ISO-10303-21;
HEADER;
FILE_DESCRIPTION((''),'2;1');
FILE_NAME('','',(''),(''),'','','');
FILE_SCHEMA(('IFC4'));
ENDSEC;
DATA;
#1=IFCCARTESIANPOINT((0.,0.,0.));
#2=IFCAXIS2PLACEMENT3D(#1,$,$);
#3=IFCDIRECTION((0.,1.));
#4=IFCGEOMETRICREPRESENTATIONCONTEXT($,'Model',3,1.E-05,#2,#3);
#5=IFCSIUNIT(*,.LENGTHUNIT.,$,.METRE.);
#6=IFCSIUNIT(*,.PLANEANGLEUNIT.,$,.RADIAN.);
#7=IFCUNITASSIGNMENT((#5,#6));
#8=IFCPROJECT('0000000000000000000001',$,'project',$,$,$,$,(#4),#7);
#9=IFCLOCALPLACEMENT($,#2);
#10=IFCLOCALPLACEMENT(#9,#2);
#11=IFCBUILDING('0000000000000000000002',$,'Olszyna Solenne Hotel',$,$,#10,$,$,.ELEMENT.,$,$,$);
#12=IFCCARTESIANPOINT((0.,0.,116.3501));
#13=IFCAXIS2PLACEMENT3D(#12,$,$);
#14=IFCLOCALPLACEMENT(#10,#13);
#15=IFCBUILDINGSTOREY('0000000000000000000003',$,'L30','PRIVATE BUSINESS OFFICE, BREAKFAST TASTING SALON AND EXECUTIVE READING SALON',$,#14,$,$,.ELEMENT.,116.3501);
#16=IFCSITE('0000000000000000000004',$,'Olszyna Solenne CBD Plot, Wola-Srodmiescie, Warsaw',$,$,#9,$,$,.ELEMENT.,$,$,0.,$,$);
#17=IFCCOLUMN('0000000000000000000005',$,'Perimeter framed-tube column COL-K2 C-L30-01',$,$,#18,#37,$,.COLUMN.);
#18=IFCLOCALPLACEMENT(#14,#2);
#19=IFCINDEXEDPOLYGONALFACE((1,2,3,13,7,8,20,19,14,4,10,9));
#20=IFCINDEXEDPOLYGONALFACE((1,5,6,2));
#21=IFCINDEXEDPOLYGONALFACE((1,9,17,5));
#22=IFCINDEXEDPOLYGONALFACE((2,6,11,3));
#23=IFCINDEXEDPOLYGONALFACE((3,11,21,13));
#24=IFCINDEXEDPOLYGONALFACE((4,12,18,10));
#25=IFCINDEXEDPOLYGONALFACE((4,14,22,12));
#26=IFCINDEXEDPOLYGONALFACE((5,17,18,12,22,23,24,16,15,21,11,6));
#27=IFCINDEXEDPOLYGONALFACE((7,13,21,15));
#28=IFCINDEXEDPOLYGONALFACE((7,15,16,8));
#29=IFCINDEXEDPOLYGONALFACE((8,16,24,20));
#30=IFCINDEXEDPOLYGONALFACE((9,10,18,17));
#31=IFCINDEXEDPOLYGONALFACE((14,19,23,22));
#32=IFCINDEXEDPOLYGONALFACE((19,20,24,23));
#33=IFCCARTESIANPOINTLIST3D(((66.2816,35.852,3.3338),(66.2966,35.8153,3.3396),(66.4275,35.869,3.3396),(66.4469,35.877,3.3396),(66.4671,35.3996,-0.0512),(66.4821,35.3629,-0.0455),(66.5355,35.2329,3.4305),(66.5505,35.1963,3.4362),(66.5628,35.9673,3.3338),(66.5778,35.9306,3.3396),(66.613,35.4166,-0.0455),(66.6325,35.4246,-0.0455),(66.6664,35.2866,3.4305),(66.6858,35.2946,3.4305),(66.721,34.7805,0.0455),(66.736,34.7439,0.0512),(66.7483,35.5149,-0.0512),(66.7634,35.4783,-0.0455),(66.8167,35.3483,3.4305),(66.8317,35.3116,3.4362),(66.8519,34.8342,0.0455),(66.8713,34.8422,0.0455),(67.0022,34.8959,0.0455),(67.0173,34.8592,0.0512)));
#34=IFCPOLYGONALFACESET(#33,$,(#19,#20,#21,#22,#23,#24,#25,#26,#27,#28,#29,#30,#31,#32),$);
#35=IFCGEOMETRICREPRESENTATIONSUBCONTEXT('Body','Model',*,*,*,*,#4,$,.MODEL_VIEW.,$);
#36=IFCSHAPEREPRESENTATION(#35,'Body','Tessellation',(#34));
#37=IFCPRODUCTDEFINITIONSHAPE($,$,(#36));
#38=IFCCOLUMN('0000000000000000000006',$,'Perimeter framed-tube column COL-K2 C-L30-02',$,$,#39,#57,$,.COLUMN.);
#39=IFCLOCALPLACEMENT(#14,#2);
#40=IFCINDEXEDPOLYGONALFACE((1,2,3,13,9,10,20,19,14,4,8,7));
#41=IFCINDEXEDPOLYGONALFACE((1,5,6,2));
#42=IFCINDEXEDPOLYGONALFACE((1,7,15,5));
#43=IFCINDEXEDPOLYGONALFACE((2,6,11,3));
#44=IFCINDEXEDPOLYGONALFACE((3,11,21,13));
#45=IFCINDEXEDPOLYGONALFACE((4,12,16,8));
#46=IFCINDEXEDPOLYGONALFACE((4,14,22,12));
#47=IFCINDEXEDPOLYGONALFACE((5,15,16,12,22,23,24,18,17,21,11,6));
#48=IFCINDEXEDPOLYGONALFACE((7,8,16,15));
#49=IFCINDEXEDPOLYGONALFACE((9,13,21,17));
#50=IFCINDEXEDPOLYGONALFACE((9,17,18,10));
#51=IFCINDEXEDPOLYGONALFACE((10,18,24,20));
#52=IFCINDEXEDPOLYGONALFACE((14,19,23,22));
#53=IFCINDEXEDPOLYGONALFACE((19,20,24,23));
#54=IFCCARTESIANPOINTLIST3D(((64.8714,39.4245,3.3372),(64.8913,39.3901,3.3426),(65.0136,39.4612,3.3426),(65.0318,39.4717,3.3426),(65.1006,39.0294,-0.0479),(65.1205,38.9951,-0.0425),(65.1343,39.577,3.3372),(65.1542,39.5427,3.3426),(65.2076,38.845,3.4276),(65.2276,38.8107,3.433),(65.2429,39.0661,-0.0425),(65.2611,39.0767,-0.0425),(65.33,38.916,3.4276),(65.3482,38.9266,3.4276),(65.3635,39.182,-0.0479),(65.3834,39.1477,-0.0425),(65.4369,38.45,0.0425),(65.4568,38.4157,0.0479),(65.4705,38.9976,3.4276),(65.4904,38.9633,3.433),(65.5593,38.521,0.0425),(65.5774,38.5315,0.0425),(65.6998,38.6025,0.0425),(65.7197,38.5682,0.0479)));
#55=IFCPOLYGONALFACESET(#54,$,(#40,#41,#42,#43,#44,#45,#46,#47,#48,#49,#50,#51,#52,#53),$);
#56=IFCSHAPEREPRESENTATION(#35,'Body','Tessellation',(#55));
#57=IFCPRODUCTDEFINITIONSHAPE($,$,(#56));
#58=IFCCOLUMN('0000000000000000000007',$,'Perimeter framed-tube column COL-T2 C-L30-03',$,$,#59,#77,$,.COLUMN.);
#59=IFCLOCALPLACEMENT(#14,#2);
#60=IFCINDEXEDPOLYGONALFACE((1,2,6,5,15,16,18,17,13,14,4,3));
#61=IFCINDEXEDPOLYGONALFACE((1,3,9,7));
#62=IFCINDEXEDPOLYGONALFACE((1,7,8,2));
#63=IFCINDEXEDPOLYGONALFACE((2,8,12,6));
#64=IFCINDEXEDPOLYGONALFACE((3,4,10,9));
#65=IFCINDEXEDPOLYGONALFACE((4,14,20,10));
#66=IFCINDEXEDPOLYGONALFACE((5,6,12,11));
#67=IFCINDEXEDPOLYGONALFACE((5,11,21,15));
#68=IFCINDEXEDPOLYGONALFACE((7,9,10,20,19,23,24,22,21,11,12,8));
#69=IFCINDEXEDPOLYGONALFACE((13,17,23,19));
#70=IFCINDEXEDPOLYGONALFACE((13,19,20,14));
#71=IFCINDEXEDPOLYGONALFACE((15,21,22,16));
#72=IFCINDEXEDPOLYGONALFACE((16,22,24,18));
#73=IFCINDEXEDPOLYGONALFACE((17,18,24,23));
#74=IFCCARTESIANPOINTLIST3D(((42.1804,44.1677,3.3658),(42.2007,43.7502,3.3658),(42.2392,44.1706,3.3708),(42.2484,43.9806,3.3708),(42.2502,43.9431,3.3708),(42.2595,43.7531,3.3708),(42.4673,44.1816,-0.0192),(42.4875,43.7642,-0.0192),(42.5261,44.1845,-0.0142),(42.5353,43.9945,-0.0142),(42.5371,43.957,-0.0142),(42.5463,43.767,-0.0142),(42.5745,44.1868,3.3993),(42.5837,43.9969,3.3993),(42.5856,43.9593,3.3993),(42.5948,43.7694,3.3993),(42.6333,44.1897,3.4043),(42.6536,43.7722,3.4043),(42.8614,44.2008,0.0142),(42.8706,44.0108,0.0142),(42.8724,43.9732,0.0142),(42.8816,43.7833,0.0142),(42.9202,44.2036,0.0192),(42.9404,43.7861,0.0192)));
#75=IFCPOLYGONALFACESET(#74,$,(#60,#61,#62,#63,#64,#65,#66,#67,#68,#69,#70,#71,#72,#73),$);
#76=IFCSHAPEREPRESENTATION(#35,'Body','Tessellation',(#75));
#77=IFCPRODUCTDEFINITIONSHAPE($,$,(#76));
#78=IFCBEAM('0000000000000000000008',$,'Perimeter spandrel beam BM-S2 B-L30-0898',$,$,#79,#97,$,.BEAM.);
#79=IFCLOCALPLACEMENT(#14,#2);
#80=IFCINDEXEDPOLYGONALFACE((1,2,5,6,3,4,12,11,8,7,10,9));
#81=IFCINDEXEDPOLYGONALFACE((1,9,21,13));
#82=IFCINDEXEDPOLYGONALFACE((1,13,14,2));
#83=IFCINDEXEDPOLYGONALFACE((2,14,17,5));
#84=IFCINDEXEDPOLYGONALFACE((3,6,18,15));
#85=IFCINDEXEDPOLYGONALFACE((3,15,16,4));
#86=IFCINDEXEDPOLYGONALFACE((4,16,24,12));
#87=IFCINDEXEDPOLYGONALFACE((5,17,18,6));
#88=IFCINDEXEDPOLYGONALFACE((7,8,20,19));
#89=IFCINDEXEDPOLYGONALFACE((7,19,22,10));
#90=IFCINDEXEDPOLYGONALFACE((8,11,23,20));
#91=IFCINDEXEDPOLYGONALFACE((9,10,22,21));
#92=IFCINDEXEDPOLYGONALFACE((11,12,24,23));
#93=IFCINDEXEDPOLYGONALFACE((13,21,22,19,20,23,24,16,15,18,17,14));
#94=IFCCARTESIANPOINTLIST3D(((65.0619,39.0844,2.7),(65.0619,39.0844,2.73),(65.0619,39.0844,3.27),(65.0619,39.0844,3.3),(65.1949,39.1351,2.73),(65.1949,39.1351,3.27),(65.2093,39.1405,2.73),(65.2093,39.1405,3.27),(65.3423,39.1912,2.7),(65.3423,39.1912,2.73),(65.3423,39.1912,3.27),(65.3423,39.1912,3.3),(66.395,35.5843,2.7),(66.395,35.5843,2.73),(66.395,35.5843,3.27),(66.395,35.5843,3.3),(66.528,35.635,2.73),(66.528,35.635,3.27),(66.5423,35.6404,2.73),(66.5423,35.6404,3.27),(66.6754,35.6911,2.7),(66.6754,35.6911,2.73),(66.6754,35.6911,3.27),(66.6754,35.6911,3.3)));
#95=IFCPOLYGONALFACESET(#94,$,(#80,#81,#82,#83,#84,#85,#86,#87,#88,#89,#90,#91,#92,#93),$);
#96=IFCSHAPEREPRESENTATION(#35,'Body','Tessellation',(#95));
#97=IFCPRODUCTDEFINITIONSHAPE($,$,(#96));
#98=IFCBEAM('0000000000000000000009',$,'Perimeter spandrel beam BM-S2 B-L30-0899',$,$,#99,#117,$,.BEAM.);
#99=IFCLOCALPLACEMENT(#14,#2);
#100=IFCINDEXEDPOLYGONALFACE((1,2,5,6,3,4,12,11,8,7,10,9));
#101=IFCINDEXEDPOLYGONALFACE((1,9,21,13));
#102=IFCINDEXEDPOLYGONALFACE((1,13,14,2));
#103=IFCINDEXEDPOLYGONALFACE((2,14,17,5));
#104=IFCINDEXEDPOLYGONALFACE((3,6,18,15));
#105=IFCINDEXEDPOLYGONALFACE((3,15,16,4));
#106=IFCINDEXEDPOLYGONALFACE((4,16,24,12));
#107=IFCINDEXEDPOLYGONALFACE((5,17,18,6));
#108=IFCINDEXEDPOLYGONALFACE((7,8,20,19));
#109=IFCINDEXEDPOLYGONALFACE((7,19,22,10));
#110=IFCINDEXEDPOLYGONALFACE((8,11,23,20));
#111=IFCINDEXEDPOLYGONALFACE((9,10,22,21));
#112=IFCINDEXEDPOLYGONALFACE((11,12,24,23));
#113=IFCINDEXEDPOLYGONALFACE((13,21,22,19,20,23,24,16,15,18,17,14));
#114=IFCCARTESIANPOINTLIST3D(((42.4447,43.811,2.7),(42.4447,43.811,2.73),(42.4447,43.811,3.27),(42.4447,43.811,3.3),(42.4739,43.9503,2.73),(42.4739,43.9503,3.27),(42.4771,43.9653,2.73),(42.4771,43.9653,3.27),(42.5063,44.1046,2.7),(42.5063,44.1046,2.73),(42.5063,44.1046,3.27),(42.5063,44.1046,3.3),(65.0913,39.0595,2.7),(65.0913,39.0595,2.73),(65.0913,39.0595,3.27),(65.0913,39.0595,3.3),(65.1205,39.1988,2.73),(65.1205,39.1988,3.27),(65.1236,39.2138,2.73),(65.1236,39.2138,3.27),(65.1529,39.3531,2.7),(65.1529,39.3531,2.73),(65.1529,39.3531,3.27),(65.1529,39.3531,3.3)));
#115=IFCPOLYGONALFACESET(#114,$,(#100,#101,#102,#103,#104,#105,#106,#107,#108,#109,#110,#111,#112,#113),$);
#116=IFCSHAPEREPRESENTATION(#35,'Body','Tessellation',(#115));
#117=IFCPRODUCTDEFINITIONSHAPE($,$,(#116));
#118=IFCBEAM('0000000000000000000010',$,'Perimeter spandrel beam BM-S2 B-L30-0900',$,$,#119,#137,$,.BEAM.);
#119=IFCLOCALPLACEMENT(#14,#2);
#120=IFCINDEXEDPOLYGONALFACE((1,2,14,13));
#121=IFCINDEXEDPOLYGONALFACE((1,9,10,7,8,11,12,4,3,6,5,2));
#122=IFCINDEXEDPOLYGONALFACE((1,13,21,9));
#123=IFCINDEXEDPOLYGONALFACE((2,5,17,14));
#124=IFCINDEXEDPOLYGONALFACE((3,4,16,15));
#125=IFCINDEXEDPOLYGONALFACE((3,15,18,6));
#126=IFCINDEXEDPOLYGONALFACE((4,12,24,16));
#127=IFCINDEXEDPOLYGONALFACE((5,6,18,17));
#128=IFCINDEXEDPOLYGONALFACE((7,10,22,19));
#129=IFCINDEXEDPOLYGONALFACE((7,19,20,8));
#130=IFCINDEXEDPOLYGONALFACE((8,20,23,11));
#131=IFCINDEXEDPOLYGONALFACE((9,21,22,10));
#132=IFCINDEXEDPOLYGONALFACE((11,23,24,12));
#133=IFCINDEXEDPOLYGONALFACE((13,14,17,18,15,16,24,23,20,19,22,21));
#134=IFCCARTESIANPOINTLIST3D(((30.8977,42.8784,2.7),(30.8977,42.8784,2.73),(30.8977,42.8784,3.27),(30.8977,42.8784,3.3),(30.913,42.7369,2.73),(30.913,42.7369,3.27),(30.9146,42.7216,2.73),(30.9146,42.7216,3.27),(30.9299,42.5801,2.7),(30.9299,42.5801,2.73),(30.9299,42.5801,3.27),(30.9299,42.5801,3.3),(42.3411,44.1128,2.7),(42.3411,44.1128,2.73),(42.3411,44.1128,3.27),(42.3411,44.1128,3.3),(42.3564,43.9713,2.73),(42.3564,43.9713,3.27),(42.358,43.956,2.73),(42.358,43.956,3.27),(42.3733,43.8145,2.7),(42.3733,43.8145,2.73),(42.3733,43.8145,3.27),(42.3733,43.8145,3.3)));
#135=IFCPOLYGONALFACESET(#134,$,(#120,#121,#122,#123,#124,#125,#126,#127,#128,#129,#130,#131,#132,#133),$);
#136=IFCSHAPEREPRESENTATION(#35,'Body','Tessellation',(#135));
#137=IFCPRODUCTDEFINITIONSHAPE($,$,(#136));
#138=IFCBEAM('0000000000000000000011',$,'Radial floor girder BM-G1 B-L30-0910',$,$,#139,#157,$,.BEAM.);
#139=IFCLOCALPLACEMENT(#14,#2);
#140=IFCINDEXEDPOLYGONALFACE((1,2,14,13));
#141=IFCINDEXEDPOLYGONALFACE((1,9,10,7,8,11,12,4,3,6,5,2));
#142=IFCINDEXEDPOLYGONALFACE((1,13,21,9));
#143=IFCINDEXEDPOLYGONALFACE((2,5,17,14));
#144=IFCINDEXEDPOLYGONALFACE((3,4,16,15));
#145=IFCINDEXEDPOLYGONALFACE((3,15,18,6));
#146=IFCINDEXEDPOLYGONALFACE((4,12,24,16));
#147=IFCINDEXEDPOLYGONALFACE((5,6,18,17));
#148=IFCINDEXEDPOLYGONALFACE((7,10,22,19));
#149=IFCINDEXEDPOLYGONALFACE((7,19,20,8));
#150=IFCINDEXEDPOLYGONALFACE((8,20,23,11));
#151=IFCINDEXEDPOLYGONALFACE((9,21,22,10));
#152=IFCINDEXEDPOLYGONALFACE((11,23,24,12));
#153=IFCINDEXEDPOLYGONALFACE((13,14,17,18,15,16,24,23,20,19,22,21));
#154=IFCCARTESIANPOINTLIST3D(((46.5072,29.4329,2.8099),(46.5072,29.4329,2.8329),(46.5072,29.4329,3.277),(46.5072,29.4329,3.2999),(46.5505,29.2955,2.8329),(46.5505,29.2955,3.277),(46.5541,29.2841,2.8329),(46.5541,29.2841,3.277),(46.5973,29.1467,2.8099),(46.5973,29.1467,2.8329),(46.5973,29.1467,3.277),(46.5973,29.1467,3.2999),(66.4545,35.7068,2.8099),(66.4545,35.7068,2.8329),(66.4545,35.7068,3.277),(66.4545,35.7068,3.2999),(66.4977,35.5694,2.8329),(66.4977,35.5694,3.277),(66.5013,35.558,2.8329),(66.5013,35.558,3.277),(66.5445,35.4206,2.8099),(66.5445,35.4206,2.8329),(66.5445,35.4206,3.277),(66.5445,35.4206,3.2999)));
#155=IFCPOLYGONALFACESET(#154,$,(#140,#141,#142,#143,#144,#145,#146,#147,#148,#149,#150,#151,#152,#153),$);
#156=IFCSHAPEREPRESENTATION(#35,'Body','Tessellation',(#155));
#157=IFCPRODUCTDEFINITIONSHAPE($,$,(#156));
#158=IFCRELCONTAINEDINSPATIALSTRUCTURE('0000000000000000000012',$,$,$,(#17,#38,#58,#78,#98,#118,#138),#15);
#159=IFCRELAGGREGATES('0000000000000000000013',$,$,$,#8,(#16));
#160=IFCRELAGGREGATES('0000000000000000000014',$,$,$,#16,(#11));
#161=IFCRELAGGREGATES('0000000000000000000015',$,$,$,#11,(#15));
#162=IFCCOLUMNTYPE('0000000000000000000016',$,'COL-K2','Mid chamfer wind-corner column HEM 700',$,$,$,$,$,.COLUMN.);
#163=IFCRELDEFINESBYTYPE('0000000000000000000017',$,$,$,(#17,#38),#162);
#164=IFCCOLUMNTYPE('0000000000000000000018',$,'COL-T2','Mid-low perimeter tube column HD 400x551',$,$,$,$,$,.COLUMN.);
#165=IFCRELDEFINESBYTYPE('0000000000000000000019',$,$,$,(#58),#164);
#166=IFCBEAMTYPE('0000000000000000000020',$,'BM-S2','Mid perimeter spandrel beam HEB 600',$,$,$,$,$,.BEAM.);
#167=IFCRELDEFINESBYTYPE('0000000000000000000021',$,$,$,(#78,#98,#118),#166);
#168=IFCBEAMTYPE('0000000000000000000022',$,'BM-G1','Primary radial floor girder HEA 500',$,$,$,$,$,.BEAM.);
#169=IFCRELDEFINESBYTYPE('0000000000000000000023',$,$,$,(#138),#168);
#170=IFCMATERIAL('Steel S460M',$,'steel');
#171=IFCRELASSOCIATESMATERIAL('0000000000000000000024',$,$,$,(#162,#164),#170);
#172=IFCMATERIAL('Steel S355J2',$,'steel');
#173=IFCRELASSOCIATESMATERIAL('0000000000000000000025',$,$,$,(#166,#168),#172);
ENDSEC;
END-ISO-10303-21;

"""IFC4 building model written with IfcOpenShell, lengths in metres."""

from ifc_helpers import new_model, si_unit, direction, frame, origin, origin_2d, place, context, subcontext, project, spatial, i_section, extrude, source, transform, mapped, material, material_profile, profile_set, type_object, element, save


model = new_model("IFC4")

# Units and contexts
model_context = context("Model", 3, precision=1e-05, world=origin(), true_north=direction((0.0, 1.0)))
body_context = subcontext(model_context, "Body", "Model", "MODEL_VIEW")
ifc_project = project(units=[si_unit("LENGTHUNIT", "METRE"), si_unit("PLANEANGLEUNIT", "RADIAN")], contexts=[model_context])

# Site, building, storey
site_placement = place(None, origin())
site = spatial("IfcSite", under=ifc_project, at=site_placement, Name="Olszyna Solenne CBD Plot, Wola-Srodmiescie, Warsaw", CompositionType="ELEMENT", RefElevation=0.0)
building_placement = place(site_placement, origin())
building = spatial("IfcBuilding", under=site, at=building_placement, Name="Olszyna Solenne Hotel", CompositionType="ELEMENT")
storey_placement = place(building_placement, frame((0.0, 0.0, 116.3501)))
storey = spatial("IfcBuildingStorey", under=building, at=storey_placement, Name="L30", Description="PRIVATE BUSINESS OFFICE, BREAKFAST TASTING SALON AND EXECUTIVE READING SALON", CompositionType="ELEMENT", Elevation=116.3501)

# Columns
ifc_material_1 = material(Name="Steel S460M", Category="steel")
ifc_material_profile_1 = material_profile(ifc_material_1, i_section(OverallWidth=0.304, OverallDepth=0.7161, WebThickness=0.021, FlangeThickness=0.04, at=origin_2d()), Name="HEM 700", Category="load-bearing")
ifc_profile_set_1 = profile_set([ifc_material_profile_1], Name="Steel S460M")
column_type_1 = type_object("IfcColumnType", Name="COL-K2", Description="Mid chamfer wind-corner column HEM 700", PredefinedType="COLUMN", material=ifc_profile_set_1)
shared_shape_1 = source(origin(), body_context, "Body", "SweptSolid", [
    extrude(i_section(OverallWidth=0.304, OverallDepth=0.7161, WebThickness=0.021, FlangeThickness=0.04, at=origin_2d()), origin(), (0.0, 0.0, 1.0), 3.4202),
])
column_1_placement = place(storey_placement, frame((66.7422, 35.1294, 0.0), z_axis=(-0.054251, 0.132273, 0.989728), x_axis=(-0.925205, -0.379469, 0.0)))
element("IfcColumn", 1, at=column_1_placement, inside=storey, type_object=column_type_1, Name="Perimeter framed-tube column COL-K2 C-L30-01", PredefinedType="COLUMN", context=body_context, shape_type="MappedRepresentation", body=[
    mapped(shared_shape_1, transform((0.0, 0.0, 0.0), x_axis=(1.0, 0.0, 0.0), y_axis=(0.0, 1.0, 0.0), z_axis=(0.0, 0.0, 1.0), scale=1.0)),
])
shared_shape_2 = source(origin(), body_context, "Body", "SweptSolid", [
    extrude(i_section(OverallWidth=0.304, OverallDepth=0.7161, WebThickness=0.021, FlangeThickness=0.04, at=origin_2d()), origin(), (0.0, 0.0, 1.0), 3.4158),
])
column_2_placement = place(storey_placement, frame((65.4102, 38.7988, 0.0), z_axis=(-0.067116, 0.115649, 0.99102), x_axis=(-0.864901, -0.501942, 0.0)))
element("IfcColumn", 2, at=column_2_placement, inside=storey, type_object=column_type_1, Name="Perimeter framed-tube column COL-K2 C-L30-02", PredefinedType="COLUMN", context=body_context, shape_type="MappedRepresentation", body=[
    mapped(shared_shape_2, transform((0.0, 0.0, 0.0), x_axis=(1.0, 0.0, 0.0), y_axis=(0.0, 1.0, 0.0), z_axis=(0.0, 0.0, 1.0), scale=1.0)),
])
ifc_material_profile_2 = material_profile(ifc_material_1, i_section(OverallWidth=0.418, OverallDepth=0.4551, WebThickness=0.0376, FlangeThickness=0.0591, at=origin_2d()), Name="HD 400x551", Category="load-bearing")
ifc_profile_set_2 = profile_set([ifc_material_profile_2], Name="Steel S460M")
column_type_2 = type_object("IfcColumnType", Name="COL-T2", Description="Mid-low perimeter tube column HD 400x551", PredefinedType="COLUMN", material=ifc_profile_set_2)
shared_shape_3 = source(origin(), body_context, "Body", "SweptSolid", [
    extrude(i_section(OverallWidth=0.418, OverallDepth=0.4551, WebThickness=0.0376, FlangeThickness=0.0591, at=origin_2d()), origin(), (0.0, 0.0, 1.0), 3.3972),
])
column_3_placement = place(storey_placement, frame((42.7039, 43.9839, 0.0), z_axis=(-0.084442, -0.004096, 0.99642), x_axis=(0.048454, -0.998825, 0.0)))
element("IfcColumn", 3, at=column_3_placement, inside=storey, type_object=column_type_2, Name="Perimeter framed-tube column COL-T2 C-L30-03", PredefinedType="COLUMN", context=body_context, shape_type="MappedRepresentation", body=[
    mapped(shared_shape_3, transform((0.0, 0.0, 0.0), x_axis=(1.0, 0.0, 0.0), y_axis=(0.0, 1.0, 0.0), z_axis=(0.0, 0.0, 1.0), scale=1.0)),
])

# Beams
ifc_material_2 = material(Name="Steel S355J2", Category="steel")
ifc_material_profile_3 = material_profile(ifc_material_2, i_section(OverallWidth=0.3, OverallDepth=0.6001, WebThickness=0.0154, FlangeThickness=0.03, at=origin_2d()), Name="HEB 600", Category="load-bearing")
ifc_profile_set_3 = profile_set([ifc_material_profile_3], Name="Steel S355J2")
beam_type_1 = type_object("IfcBeamType", Name="BM-S2", Description="Mid perimeter spandrel beam HEB 600", PredefinedType="BEAM", material=ifc_profile_set_3)
shared_shape_4 = source(origin(), body_context, "Body", "SweptSolid", [
    extrude(i_section(OverallWidth=0.3, OverallDepth=0.6001, WebThickness=0.0154, FlangeThickness=0.03, at=origin_2d()), origin(), (0.0, 0.0, 1.0), 3.7454),
])
beam_1_placement = place(storey_placement, frame((66.5352, 35.6377, 3.0), z_axis=(-0.355919, 0.934517, 0.0), x_axis=(-0.934517, -0.355919, 0.0)))
element("IfcBeam", 4, at=beam_1_placement, inside=storey, type_object=beam_type_1, Name="Perimeter spandrel beam BM-S2 B-L30-0898", PredefinedType="BEAM", context=body_context, shape_type="MappedRepresentation", body=[
    mapped(shared_shape_4, transform((0.0, 0.0, 0.0), x_axis=(1.0, 0.0, 0.0), y_axis=(0.0, 1.0, 0.0), z_axis=(0.0, 0.0, 1.0), scale=1.0)),
])
shared_shape_5 = source(origin(), body_context, "Body", "SweptSolid", [
    extrude(i_section(OverallWidth=0.3, OverallDepth=0.6001, WebThickness=0.0154, FlangeThickness=0.03, at=origin_2d()), origin(), (0.0, 0.0, 1.0), 23.1396),
])
beam_2_placement = place(storey_placement, frame((65.1221, 39.2063, 3.0), z_axis=(-0.978691, 0.205339, 0.0), x_axis=(-0.205339, -0.978691, 0.0)))
element("IfcBeam", 5, at=beam_2_placement, inside=storey, type_object=beam_type_1, Name="Perimeter spandrel beam BM-S2 B-L30-0899", PredefinedType="BEAM", context=body_context, shape_type="MappedRepresentation", body=[
    mapped(shared_shape_5, transform((0.0, 0.0, 0.0), x_axis=(1.0, 0.0, 0.0), y_axis=(0.0, 1.0, 0.0), z_axis=(0.0, 0.0, 1.0), scale=1.0)),
])
shared_shape_6 = source(origin(), body_context, "Body", "SweptSolid", [
    extrude(i_section(OverallWidth=0.3, OverallDepth=0.6001, WebThickness=0.0154, FlangeThickness=0.03, at=origin_2d()), origin(), (0.0, 0.0, 1.0), 11.5098),
])
beam_3_placement = place(storey_placement, frame((42.3572, 43.9636, 3.0), z_axis=(-0.994233, -0.107246, 0.0), x_axis=(0.107246, -0.994233, 0.0)))
element("IfcBeam", 6, at=beam_3_placement, inside=storey, type_object=beam_type_1, Name="Perimeter spandrel beam BM-S2 B-L30-0900", PredefinedType="BEAM", context=body_context, shape_type="MappedRepresentation", body=[
    mapped(shared_shape_6, transform((0.0, 0.0, 0.0), x_axis=(1.0, 0.0, 0.0), y_axis=(0.0, 1.0, 0.0), z_axis=(0.0, 0.0, 1.0), scale=1.0)),
])
ifc_material_profile_4 = material_profile(ifc_material_2, i_section(OverallWidth=0.3, OverallDepth=0.49, WebThickness=0.012, FlangeThickness=0.0229, at=origin_2d()), Name="HEA 500", Category="load-bearing")
ifc_profile_set_4 = profile_set([ifc_material_profile_4], Name="Steel S355J2")
beam_type_2 = type_object("IfcBeamType", Name="BM-G1", Description="Primary radial floor girder HEA 500", PredefinedType="BEAM", material=ifc_profile_set_4)
shared_shape_7 = source(origin(), body_context, "Body", "SweptSolid", [
    extrude(i_section(OverallWidth=0.3, OverallDepth=0.49, WebThickness=0.012, FlangeThickness=0.0229, at=origin_2d()), origin(), (0.0, 0.0, 1.0), 20.9106),
])
beam_4_placement = place(storey_placement, frame((66.4995, 35.5637, 3.0549), z_axis=(-0.953928, -0.300035, 0.0), x_axis=(0.300035, -0.953928, 0.0)))
element("IfcBeam", 7, at=beam_4_placement, inside=storey, type_object=beam_type_2, Name="Radial floor girder BM-G1 B-L30-0910", PredefinedType="BEAM", context=body_context, shape_type="MappedRepresentation", body=[
    mapped(shared_shape_7, transform((0.0, 0.0, 0.0), x_axis=(1.0, 0.0, 0.0), y_axis=(0.0, 1.0, 0.0), z_axis=(0.0, 0.0, 1.0), scale=1.0)),
])

save(model, "model.ifc")
